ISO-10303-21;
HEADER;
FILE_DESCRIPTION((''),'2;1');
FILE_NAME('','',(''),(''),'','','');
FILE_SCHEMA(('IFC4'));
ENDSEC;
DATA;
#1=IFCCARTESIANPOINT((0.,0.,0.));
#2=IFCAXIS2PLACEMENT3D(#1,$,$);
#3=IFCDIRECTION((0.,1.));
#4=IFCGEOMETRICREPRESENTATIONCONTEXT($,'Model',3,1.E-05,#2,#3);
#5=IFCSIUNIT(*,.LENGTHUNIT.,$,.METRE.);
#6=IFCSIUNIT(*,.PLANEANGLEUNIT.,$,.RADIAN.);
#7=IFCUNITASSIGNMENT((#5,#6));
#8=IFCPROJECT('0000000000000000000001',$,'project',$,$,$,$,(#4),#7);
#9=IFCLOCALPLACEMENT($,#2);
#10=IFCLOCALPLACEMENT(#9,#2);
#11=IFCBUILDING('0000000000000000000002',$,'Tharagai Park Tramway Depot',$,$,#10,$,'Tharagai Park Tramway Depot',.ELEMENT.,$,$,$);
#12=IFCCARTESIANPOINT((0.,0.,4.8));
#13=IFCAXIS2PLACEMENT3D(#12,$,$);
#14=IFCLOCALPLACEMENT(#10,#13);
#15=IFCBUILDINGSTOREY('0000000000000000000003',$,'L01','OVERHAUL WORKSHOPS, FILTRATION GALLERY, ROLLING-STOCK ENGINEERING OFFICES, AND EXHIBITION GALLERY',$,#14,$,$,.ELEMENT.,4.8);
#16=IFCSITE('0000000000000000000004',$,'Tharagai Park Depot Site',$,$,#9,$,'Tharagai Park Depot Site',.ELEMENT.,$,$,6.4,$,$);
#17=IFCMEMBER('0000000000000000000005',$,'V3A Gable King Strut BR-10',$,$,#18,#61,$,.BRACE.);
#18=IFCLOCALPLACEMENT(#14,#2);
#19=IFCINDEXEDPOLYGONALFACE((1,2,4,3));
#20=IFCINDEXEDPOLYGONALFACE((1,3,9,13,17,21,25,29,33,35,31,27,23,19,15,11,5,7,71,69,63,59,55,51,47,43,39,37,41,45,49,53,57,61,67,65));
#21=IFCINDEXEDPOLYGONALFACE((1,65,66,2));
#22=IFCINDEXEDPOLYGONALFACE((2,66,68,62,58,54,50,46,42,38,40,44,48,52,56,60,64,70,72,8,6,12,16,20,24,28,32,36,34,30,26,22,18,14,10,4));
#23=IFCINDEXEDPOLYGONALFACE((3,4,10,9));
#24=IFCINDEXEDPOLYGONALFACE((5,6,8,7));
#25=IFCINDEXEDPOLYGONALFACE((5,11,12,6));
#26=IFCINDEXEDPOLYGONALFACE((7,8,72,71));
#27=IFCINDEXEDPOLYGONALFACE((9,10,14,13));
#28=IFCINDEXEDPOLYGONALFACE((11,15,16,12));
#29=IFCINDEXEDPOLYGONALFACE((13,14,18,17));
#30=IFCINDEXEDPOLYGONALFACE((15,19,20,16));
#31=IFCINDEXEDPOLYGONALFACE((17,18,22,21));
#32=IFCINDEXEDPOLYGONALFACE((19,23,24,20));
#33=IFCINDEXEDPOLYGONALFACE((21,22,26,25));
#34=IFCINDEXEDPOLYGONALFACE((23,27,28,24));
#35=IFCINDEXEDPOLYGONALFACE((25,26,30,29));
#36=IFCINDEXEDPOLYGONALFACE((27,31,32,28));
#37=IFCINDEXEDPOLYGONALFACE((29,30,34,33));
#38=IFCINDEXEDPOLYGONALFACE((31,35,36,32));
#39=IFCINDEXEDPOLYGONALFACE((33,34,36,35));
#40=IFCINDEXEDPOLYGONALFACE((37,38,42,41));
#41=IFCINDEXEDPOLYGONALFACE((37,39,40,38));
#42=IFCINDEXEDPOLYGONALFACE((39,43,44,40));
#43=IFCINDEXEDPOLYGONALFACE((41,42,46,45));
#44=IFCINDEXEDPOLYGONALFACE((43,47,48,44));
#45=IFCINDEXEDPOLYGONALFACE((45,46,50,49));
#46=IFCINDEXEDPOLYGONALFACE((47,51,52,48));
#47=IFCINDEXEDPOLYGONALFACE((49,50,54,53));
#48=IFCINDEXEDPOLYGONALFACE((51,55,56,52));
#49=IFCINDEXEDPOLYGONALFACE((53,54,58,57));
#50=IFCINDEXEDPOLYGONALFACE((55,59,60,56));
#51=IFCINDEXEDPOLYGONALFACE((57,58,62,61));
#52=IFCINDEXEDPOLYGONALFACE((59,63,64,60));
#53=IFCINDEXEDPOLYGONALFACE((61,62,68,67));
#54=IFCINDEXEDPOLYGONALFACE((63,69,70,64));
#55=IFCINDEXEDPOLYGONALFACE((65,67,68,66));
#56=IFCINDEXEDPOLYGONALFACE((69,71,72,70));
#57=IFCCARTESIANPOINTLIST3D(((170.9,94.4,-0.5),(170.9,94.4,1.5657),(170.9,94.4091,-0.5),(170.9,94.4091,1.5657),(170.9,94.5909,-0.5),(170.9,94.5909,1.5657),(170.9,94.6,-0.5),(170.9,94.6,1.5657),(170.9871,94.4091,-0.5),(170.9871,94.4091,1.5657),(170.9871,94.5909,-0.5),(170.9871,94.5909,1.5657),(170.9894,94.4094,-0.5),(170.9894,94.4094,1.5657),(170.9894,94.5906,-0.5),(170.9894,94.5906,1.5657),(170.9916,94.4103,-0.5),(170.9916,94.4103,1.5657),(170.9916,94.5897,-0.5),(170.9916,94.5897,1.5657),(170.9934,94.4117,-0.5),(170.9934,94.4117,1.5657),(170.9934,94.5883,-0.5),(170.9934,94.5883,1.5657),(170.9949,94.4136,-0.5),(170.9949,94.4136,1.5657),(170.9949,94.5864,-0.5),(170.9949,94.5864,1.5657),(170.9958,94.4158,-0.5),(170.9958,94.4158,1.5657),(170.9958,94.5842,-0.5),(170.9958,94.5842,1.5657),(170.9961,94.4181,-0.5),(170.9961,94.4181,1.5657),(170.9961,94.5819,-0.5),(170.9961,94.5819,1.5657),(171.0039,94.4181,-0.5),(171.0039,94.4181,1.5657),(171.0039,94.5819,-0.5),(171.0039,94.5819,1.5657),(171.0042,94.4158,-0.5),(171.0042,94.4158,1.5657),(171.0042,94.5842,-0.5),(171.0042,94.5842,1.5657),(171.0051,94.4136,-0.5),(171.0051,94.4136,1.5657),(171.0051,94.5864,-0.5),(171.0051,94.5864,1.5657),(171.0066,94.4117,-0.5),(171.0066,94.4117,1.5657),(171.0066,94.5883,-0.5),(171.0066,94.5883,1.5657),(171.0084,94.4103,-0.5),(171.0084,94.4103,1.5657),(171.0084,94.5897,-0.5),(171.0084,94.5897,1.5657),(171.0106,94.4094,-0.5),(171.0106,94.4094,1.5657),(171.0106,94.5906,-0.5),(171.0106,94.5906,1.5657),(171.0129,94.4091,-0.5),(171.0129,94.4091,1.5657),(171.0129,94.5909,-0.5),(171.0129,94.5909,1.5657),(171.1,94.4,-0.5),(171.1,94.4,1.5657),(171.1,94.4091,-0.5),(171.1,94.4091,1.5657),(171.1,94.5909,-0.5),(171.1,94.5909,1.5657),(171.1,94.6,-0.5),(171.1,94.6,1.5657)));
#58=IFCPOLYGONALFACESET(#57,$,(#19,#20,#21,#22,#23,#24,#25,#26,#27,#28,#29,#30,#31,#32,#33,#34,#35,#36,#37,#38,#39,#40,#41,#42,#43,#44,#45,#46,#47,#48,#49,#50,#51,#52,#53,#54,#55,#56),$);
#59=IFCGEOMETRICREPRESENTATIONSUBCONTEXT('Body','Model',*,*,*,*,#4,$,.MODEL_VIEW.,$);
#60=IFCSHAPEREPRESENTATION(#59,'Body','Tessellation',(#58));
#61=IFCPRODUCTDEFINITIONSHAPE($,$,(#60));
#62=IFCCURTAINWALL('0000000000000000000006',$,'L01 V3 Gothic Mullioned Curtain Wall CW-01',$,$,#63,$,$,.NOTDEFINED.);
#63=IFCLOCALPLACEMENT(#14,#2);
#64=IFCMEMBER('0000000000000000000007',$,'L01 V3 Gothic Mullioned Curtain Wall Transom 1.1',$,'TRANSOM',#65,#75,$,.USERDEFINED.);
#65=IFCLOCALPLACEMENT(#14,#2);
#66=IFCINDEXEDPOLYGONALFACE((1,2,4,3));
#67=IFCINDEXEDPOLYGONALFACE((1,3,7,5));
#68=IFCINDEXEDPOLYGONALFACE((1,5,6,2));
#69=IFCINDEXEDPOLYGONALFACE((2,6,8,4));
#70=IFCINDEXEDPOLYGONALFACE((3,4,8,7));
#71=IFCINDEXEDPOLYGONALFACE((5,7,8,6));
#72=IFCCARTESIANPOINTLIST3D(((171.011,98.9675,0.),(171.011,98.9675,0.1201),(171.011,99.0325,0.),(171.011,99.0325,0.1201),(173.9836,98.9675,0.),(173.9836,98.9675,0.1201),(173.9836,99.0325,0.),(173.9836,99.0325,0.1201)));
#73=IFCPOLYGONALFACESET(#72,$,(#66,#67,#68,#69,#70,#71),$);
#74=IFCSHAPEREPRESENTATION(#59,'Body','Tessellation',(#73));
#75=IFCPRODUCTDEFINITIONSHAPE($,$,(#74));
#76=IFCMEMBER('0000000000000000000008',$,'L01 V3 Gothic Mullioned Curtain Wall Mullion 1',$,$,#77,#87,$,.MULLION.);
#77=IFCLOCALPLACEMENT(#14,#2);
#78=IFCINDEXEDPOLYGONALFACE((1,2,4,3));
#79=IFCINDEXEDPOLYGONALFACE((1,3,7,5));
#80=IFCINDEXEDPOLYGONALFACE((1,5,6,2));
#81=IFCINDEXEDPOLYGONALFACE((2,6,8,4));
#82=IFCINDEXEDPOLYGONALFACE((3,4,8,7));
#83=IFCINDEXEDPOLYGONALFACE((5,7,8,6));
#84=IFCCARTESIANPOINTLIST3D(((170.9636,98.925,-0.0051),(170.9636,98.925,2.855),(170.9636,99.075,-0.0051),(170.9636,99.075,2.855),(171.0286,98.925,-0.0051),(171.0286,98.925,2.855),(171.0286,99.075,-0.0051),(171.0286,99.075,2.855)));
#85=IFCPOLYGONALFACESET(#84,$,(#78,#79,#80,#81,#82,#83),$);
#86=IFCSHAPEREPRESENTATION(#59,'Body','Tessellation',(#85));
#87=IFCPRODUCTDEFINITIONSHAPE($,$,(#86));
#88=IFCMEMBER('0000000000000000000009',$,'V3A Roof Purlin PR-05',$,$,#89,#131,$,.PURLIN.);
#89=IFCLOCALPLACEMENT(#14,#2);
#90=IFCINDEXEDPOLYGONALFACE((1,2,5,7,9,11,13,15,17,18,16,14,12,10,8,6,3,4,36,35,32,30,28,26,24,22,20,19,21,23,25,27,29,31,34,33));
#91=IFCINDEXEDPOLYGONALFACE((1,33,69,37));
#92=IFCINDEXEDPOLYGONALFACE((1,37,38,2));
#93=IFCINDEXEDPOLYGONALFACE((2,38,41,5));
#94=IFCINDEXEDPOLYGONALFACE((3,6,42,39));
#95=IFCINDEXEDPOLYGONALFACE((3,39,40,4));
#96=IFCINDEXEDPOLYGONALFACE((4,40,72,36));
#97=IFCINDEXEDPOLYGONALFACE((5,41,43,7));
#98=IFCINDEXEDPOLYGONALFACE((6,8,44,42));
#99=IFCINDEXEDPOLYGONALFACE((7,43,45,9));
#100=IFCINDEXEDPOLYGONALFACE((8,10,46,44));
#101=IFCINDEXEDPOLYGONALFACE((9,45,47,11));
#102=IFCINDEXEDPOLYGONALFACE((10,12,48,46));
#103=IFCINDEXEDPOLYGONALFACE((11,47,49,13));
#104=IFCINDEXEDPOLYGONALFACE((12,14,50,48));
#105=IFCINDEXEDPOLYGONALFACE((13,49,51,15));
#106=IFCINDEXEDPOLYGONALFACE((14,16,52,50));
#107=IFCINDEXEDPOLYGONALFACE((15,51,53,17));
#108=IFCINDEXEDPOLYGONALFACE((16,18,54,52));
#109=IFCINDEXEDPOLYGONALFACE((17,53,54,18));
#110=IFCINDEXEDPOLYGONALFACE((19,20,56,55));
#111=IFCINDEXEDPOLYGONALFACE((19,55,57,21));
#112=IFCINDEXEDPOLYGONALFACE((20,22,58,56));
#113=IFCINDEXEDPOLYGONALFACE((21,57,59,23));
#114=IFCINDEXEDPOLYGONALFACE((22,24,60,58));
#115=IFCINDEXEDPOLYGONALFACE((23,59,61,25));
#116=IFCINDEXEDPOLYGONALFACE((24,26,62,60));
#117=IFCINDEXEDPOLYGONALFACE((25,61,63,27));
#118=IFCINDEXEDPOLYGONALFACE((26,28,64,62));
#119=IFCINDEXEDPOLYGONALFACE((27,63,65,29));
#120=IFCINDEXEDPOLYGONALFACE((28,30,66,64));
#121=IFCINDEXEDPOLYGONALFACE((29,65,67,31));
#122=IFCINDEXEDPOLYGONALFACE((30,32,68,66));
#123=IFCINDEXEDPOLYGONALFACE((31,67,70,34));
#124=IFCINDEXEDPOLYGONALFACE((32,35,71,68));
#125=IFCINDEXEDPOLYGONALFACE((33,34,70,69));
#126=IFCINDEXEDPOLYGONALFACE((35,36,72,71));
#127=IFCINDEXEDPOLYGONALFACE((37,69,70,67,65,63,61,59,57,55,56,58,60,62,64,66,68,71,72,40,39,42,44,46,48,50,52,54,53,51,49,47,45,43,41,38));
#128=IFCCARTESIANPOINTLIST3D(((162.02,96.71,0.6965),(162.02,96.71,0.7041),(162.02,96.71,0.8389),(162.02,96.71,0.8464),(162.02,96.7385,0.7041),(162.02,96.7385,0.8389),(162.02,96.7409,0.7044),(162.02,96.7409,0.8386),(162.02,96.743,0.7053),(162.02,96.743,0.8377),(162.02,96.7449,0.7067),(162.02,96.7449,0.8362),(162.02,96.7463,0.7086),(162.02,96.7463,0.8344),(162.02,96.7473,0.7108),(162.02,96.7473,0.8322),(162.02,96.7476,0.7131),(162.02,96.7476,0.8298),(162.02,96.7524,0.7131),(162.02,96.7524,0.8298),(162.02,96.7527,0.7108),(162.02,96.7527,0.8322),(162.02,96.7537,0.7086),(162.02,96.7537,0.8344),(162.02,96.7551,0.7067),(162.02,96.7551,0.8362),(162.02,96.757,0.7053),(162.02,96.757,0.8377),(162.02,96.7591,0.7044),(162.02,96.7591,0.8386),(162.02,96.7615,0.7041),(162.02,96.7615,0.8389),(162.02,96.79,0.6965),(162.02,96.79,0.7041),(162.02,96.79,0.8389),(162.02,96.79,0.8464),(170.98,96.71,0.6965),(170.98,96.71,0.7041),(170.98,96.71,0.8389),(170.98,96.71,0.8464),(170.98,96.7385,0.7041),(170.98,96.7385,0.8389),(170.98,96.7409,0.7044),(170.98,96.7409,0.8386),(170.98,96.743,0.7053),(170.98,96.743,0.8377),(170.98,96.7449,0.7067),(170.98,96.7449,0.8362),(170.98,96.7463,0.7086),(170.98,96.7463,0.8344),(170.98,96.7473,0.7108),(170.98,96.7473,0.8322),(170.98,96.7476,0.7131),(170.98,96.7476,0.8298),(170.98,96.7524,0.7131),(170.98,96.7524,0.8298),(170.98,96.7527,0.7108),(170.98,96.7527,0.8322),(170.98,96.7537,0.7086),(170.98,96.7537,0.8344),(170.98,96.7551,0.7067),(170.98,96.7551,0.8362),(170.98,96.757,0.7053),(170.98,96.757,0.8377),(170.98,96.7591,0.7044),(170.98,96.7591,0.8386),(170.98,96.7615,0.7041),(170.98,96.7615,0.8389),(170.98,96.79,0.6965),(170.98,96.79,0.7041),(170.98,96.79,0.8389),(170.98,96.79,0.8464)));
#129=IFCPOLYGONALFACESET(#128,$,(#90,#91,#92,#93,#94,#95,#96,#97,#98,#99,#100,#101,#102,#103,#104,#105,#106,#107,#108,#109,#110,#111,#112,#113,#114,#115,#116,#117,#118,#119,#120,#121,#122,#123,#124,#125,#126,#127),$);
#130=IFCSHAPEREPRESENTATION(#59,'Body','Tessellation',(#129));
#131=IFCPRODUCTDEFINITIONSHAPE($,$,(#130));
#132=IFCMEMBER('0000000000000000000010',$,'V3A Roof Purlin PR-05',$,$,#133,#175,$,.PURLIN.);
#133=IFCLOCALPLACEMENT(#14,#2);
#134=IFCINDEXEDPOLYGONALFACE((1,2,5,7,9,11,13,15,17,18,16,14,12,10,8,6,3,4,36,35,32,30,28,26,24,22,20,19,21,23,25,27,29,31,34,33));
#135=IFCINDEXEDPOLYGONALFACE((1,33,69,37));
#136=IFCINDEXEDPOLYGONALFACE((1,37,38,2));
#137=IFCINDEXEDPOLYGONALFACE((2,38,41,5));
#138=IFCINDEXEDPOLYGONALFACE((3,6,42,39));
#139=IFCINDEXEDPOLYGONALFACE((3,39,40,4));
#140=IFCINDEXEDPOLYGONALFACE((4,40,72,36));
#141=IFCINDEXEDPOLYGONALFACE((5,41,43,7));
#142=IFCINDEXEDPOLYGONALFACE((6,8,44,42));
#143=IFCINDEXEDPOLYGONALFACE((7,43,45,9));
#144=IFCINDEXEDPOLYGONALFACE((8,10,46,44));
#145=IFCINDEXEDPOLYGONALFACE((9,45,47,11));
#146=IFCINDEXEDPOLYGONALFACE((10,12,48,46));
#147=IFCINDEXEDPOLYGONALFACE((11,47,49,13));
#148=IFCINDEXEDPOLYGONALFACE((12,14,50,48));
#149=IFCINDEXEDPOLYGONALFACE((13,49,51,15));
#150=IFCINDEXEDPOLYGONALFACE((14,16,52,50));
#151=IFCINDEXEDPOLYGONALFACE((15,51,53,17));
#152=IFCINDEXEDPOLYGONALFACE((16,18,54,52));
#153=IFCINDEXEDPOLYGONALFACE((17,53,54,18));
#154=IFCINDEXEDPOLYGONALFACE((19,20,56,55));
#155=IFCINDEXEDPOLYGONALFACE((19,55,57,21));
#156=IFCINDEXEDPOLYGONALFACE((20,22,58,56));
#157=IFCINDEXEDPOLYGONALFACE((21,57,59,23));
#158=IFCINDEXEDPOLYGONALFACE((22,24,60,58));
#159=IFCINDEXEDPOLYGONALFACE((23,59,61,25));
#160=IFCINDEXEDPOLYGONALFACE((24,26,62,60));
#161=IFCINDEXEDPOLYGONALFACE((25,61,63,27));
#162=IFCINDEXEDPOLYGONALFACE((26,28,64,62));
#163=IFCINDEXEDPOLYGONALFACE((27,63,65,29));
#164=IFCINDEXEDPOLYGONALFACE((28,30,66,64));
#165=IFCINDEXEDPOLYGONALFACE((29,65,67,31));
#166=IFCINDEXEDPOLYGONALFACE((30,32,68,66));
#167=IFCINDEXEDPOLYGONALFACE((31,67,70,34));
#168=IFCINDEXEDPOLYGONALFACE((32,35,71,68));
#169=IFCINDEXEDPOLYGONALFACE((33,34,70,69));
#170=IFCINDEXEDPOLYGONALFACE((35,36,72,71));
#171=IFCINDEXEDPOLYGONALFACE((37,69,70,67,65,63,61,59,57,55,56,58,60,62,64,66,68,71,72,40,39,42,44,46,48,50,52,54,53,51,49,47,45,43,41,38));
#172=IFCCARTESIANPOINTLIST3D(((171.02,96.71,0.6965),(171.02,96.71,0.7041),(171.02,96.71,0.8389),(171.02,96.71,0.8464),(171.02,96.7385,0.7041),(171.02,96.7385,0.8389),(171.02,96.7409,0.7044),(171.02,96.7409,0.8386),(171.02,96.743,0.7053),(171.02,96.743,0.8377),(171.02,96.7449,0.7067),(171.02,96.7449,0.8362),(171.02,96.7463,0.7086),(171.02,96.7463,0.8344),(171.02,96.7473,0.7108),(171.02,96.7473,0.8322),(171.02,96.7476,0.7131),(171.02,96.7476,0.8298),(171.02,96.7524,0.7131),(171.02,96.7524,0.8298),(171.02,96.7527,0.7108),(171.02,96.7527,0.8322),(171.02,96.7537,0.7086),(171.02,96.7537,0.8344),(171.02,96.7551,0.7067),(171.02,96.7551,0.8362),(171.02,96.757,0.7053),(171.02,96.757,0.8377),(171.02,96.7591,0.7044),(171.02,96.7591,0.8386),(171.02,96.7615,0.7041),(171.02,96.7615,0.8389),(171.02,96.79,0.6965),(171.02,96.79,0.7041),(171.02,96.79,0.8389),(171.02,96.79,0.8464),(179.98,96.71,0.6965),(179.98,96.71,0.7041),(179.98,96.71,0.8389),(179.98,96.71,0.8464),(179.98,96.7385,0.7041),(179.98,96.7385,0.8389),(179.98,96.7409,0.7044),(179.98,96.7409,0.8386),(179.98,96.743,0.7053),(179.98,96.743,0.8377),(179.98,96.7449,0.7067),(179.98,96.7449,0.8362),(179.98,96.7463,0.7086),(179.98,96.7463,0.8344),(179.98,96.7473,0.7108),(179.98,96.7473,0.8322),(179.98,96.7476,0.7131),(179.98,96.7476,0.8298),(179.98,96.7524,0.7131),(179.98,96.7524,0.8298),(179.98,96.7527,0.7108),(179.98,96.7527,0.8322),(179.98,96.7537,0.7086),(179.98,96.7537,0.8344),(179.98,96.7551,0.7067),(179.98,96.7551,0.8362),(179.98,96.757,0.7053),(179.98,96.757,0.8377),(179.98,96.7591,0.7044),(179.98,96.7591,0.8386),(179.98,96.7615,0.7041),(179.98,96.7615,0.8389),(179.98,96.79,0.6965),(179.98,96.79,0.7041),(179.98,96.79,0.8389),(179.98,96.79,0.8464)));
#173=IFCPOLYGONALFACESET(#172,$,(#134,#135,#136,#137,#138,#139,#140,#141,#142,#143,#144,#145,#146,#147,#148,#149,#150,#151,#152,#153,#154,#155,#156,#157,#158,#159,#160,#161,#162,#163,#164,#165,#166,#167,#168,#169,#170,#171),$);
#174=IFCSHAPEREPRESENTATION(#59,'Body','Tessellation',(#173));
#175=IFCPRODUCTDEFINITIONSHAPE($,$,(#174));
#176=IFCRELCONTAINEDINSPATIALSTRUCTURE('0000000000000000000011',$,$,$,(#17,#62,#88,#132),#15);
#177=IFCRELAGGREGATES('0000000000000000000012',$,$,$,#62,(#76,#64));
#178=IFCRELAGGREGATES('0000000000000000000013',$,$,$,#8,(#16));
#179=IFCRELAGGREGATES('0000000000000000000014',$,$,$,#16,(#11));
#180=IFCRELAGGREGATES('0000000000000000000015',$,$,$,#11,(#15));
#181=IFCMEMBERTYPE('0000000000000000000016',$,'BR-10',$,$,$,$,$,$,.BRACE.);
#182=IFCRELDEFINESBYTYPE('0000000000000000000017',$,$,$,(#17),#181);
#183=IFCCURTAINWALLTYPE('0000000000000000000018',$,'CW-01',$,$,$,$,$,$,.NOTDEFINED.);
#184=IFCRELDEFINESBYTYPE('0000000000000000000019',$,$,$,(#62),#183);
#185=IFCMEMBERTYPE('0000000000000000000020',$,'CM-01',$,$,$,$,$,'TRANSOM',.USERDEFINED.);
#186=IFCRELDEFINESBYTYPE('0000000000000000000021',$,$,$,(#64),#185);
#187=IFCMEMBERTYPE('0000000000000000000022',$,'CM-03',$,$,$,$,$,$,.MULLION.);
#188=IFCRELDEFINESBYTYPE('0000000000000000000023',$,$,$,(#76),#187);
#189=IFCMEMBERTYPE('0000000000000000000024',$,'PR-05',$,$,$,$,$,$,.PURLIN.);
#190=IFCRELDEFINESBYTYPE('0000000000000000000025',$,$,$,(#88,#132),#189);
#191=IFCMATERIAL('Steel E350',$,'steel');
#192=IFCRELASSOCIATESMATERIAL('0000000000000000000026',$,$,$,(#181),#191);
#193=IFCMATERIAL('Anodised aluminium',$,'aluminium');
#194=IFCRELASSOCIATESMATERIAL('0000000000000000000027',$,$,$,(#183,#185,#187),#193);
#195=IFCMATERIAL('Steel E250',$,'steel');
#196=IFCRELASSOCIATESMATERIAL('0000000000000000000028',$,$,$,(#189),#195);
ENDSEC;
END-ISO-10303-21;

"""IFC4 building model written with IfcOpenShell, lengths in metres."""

from ifc_helpers import new_model, si_unit, direction, frame, origin, origin_2d, place, context, subcontext, project, spatial, rectangle, i_section, extrude, material, material_profile, profile_set, type_object, element, aggregate, save


model = new_model("IFC4")

# Units and contexts
model_context = context("Model", 3, precision=1e-05, world=origin(), true_north=direction((0.0, 1.0)))
body_context = subcontext(model_context, "Body", "Model", "MODEL_VIEW")
ifc_project = project(units=[si_unit("LENGTHUNIT", "METRE"), si_unit("PLANEANGLEUNIT", "RADIAN")], contexts=[model_context])

# Site, building, storey
site_placement = place(None, origin())
site = spatial("IfcSite", under=ifc_project, at=site_placement, Name="Tharagai Park Depot Site", LongName="Tharagai Park Depot Site", CompositionType="ELEMENT", RefElevation=6.4)
building_placement = place(site_placement, origin())
building = spatial("IfcBuilding", under=site, at=building_placement, Name="Tharagai Park Tramway Depot", LongName="Tharagai Park Tramway Depot", CompositionType="ELEMENT")
storey_placement = place(building_placement, frame((0.0, 0.0, 4.8)))
storey = spatial("IfcBuildingStorey", under=building, at=storey_placement, Name="L01", Description="OVERHAUL WORKSHOPS, FILTRATION GALLERY, ROLLING-STOCK ENGINEERING OFFICES, AND EXHIBITION GALLERY", CompositionType="ELEMENT", Elevation=4.8)

# Shared definitions
ifc_material_1 = material(Name="Steel E350", Category="steel")

# Member
ifc_material_profile_1 = material_profile(ifc_material_1, i_section(OverallWidth=0.2, OverallDepth=0.2, WebThickness=0.0078, FlangeThickness=0.009, FilletRadius=0.009, at=origin_2d()), Name="ISHB 200")
ifc_profile_set_1 = profile_set([ifc_material_profile_1], Name="Steel E350")
member_type_1 = type_object("IfcMemberType", Name="BR-10", PredefinedType="BRACE", material=ifc_profile_set_1)
for number, where, z_axis, x_axis, name in (
    (1, (171.0, 94.5, -0.5), (0.0, 0.0, 1.0), (1.0, 0.0, 0.0), "V3A Gable King Strut BR-10"),
):
    element("IfcMember", number, at=place(storey_placement, frame(where, z_axis=z_axis, x_axis=x_axis)), inside=storey, type_object=member_type_1, Name=name, PredefinedType="BRACE", context=body_context, shape_type="SweptSolid", body=[
        extrude(i_section(OverallWidth=0.2, OverallDepth=0.2, WebThickness=0.0078, FlangeThickness=0.009, FilletRadius=0.009, at=origin_2d()), origin(), (0.0, 0.0, 1.0), 2.0657),
    ])

# Curtain wall, members
ifc_material_2 = material(Name="Anodised aluminium", Category="aluminium")
curtain_wall_type = type_object("IfcCurtainWallType", Name="CW-01", PredefinedType="NOTDEFINED", material=ifc_material_2)
curtain_wall_placement = place(storey_placement, origin())
curtain_wall = element("IfcCurtainWall", 2, at=curtain_wall_placement, inside=storey, type_object=curtain_wall_type, Name="L01 V3 Gothic Mullioned Curtain Wall CW-01", PredefinedType="NOTDEFINED")
ifc_material_profile_2 = material_profile(ifc_material_2, rectangle(XDim=0.0649, YDim=0.1201, at=origin_2d()), Name="ALU 65x120")
ifc_profile_set_2 = profile_set([ifc_material_profile_2], Name="Anodised aluminium")
member_type_2 = type_object("IfcMemberType", Name="CM-01", ElementType="TRANSOM", PredefinedType="USERDEFINED", material=ifc_profile_set_2)
member_1_placement = place(storey_placement, frame((171.011, 99.0, 0.0601), z_axis=(1.0, 0.0, 0.0), x_axis=(0.0, 1.0, 0.0)))
member_1 = element("IfcMember", 3, at=member_1_placement, type_object=member_type_2, Name="L01 V3 Gothic Mullioned Curtain Wall Transom 1.1", ObjectType="TRANSOM", PredefinedType="USERDEFINED", context=body_context, shape_type="SweptSolid", body=[
    extrude(rectangle(XDim=0.0649, YDim=0.1201, at=origin_2d()), origin(), (0.0, 0.0, 1.0), 2.9727),
])
ifc_material_profile_3 = material_profile(ifc_material_2, rectangle(XDim=0.0649, YDim=0.1499, at=origin_2d()), Name="ALU 65x150")
ifc_profile_set_3 = profile_set([ifc_material_profile_3], Name="Anodised aluminium")
member_type_3 = type_object("IfcMemberType", Name="CM-03", PredefinedType="MULLION", material=ifc_profile_set_3)
member_2_placement = place(storey_placement, frame((170.9961, 99.0, -0.0051), z_axis=(0.0, 0.0, 1.0), x_axis=(1.0, 0.0, 0.0)))
member_2 = element("IfcMember", 4, at=member_2_placement, type_object=member_type_3, Name="L01 V3 Gothic Mullioned Curtain Wall Mullion 1", PredefinedType="MULLION", context=body_context, shape_type="SweptSolid", body=[
    extrude(rectangle(XDim=0.0649, YDim=0.1499, at=origin_2d()), origin(), (0.0, 0.0, 1.0), 2.8601),
])
aggregate(curtain_wall, [member_2, member_1])

# Members
ifc_material_3 = material(Name="Steel E250", Category="steel")
ifc_material_profile_4 = material_profile(ifc_material_3, i_section(OverallWidth=0.0801, OverallDepth=0.1499, WebThickness=0.0049, FlangeThickness=0.0076, FilletRadius=0.009, at=origin_2d()), Name="ISMB 150")
ifc_profile_set_4 = profile_set([ifc_material_profile_4], Name="Steel E250")
member_type_4 = type_object("IfcMemberType", Name="PR-05", PredefinedType="PURLIN", material=ifc_profile_set_4)
for number, where, z_axis, x_axis, name in (
    (5, (162.02, 96.75, 0.7715), (1.0, 0.0, 0.0), (0.0, 1.0, 0.0), "V3A Roof Purlin PR-05"),
    (6, (171.02, 96.75, 0.7715), (1.0, 0.0, 0.0), (0.0, 1.0, 0.0), "V3A Roof Purlin PR-05"),
):
    element("IfcMember", number, at=place(storey_placement, frame(where, z_axis=z_axis, x_axis=x_axis)), inside=storey, type_object=member_type_4, Name=name, PredefinedType="PURLIN", context=body_context, shape_type="SweptSolid", body=[
        extrude(i_section(OverallWidth=0.0801, OverallDepth=0.1499, WebThickness=0.0049, FlangeThickness=0.0076, FilletRadius=0.009, at=origin_2d()), origin(), (0.0, 0.0, 1.0), 8.96),
    ])

save(model, "model.ifc")
